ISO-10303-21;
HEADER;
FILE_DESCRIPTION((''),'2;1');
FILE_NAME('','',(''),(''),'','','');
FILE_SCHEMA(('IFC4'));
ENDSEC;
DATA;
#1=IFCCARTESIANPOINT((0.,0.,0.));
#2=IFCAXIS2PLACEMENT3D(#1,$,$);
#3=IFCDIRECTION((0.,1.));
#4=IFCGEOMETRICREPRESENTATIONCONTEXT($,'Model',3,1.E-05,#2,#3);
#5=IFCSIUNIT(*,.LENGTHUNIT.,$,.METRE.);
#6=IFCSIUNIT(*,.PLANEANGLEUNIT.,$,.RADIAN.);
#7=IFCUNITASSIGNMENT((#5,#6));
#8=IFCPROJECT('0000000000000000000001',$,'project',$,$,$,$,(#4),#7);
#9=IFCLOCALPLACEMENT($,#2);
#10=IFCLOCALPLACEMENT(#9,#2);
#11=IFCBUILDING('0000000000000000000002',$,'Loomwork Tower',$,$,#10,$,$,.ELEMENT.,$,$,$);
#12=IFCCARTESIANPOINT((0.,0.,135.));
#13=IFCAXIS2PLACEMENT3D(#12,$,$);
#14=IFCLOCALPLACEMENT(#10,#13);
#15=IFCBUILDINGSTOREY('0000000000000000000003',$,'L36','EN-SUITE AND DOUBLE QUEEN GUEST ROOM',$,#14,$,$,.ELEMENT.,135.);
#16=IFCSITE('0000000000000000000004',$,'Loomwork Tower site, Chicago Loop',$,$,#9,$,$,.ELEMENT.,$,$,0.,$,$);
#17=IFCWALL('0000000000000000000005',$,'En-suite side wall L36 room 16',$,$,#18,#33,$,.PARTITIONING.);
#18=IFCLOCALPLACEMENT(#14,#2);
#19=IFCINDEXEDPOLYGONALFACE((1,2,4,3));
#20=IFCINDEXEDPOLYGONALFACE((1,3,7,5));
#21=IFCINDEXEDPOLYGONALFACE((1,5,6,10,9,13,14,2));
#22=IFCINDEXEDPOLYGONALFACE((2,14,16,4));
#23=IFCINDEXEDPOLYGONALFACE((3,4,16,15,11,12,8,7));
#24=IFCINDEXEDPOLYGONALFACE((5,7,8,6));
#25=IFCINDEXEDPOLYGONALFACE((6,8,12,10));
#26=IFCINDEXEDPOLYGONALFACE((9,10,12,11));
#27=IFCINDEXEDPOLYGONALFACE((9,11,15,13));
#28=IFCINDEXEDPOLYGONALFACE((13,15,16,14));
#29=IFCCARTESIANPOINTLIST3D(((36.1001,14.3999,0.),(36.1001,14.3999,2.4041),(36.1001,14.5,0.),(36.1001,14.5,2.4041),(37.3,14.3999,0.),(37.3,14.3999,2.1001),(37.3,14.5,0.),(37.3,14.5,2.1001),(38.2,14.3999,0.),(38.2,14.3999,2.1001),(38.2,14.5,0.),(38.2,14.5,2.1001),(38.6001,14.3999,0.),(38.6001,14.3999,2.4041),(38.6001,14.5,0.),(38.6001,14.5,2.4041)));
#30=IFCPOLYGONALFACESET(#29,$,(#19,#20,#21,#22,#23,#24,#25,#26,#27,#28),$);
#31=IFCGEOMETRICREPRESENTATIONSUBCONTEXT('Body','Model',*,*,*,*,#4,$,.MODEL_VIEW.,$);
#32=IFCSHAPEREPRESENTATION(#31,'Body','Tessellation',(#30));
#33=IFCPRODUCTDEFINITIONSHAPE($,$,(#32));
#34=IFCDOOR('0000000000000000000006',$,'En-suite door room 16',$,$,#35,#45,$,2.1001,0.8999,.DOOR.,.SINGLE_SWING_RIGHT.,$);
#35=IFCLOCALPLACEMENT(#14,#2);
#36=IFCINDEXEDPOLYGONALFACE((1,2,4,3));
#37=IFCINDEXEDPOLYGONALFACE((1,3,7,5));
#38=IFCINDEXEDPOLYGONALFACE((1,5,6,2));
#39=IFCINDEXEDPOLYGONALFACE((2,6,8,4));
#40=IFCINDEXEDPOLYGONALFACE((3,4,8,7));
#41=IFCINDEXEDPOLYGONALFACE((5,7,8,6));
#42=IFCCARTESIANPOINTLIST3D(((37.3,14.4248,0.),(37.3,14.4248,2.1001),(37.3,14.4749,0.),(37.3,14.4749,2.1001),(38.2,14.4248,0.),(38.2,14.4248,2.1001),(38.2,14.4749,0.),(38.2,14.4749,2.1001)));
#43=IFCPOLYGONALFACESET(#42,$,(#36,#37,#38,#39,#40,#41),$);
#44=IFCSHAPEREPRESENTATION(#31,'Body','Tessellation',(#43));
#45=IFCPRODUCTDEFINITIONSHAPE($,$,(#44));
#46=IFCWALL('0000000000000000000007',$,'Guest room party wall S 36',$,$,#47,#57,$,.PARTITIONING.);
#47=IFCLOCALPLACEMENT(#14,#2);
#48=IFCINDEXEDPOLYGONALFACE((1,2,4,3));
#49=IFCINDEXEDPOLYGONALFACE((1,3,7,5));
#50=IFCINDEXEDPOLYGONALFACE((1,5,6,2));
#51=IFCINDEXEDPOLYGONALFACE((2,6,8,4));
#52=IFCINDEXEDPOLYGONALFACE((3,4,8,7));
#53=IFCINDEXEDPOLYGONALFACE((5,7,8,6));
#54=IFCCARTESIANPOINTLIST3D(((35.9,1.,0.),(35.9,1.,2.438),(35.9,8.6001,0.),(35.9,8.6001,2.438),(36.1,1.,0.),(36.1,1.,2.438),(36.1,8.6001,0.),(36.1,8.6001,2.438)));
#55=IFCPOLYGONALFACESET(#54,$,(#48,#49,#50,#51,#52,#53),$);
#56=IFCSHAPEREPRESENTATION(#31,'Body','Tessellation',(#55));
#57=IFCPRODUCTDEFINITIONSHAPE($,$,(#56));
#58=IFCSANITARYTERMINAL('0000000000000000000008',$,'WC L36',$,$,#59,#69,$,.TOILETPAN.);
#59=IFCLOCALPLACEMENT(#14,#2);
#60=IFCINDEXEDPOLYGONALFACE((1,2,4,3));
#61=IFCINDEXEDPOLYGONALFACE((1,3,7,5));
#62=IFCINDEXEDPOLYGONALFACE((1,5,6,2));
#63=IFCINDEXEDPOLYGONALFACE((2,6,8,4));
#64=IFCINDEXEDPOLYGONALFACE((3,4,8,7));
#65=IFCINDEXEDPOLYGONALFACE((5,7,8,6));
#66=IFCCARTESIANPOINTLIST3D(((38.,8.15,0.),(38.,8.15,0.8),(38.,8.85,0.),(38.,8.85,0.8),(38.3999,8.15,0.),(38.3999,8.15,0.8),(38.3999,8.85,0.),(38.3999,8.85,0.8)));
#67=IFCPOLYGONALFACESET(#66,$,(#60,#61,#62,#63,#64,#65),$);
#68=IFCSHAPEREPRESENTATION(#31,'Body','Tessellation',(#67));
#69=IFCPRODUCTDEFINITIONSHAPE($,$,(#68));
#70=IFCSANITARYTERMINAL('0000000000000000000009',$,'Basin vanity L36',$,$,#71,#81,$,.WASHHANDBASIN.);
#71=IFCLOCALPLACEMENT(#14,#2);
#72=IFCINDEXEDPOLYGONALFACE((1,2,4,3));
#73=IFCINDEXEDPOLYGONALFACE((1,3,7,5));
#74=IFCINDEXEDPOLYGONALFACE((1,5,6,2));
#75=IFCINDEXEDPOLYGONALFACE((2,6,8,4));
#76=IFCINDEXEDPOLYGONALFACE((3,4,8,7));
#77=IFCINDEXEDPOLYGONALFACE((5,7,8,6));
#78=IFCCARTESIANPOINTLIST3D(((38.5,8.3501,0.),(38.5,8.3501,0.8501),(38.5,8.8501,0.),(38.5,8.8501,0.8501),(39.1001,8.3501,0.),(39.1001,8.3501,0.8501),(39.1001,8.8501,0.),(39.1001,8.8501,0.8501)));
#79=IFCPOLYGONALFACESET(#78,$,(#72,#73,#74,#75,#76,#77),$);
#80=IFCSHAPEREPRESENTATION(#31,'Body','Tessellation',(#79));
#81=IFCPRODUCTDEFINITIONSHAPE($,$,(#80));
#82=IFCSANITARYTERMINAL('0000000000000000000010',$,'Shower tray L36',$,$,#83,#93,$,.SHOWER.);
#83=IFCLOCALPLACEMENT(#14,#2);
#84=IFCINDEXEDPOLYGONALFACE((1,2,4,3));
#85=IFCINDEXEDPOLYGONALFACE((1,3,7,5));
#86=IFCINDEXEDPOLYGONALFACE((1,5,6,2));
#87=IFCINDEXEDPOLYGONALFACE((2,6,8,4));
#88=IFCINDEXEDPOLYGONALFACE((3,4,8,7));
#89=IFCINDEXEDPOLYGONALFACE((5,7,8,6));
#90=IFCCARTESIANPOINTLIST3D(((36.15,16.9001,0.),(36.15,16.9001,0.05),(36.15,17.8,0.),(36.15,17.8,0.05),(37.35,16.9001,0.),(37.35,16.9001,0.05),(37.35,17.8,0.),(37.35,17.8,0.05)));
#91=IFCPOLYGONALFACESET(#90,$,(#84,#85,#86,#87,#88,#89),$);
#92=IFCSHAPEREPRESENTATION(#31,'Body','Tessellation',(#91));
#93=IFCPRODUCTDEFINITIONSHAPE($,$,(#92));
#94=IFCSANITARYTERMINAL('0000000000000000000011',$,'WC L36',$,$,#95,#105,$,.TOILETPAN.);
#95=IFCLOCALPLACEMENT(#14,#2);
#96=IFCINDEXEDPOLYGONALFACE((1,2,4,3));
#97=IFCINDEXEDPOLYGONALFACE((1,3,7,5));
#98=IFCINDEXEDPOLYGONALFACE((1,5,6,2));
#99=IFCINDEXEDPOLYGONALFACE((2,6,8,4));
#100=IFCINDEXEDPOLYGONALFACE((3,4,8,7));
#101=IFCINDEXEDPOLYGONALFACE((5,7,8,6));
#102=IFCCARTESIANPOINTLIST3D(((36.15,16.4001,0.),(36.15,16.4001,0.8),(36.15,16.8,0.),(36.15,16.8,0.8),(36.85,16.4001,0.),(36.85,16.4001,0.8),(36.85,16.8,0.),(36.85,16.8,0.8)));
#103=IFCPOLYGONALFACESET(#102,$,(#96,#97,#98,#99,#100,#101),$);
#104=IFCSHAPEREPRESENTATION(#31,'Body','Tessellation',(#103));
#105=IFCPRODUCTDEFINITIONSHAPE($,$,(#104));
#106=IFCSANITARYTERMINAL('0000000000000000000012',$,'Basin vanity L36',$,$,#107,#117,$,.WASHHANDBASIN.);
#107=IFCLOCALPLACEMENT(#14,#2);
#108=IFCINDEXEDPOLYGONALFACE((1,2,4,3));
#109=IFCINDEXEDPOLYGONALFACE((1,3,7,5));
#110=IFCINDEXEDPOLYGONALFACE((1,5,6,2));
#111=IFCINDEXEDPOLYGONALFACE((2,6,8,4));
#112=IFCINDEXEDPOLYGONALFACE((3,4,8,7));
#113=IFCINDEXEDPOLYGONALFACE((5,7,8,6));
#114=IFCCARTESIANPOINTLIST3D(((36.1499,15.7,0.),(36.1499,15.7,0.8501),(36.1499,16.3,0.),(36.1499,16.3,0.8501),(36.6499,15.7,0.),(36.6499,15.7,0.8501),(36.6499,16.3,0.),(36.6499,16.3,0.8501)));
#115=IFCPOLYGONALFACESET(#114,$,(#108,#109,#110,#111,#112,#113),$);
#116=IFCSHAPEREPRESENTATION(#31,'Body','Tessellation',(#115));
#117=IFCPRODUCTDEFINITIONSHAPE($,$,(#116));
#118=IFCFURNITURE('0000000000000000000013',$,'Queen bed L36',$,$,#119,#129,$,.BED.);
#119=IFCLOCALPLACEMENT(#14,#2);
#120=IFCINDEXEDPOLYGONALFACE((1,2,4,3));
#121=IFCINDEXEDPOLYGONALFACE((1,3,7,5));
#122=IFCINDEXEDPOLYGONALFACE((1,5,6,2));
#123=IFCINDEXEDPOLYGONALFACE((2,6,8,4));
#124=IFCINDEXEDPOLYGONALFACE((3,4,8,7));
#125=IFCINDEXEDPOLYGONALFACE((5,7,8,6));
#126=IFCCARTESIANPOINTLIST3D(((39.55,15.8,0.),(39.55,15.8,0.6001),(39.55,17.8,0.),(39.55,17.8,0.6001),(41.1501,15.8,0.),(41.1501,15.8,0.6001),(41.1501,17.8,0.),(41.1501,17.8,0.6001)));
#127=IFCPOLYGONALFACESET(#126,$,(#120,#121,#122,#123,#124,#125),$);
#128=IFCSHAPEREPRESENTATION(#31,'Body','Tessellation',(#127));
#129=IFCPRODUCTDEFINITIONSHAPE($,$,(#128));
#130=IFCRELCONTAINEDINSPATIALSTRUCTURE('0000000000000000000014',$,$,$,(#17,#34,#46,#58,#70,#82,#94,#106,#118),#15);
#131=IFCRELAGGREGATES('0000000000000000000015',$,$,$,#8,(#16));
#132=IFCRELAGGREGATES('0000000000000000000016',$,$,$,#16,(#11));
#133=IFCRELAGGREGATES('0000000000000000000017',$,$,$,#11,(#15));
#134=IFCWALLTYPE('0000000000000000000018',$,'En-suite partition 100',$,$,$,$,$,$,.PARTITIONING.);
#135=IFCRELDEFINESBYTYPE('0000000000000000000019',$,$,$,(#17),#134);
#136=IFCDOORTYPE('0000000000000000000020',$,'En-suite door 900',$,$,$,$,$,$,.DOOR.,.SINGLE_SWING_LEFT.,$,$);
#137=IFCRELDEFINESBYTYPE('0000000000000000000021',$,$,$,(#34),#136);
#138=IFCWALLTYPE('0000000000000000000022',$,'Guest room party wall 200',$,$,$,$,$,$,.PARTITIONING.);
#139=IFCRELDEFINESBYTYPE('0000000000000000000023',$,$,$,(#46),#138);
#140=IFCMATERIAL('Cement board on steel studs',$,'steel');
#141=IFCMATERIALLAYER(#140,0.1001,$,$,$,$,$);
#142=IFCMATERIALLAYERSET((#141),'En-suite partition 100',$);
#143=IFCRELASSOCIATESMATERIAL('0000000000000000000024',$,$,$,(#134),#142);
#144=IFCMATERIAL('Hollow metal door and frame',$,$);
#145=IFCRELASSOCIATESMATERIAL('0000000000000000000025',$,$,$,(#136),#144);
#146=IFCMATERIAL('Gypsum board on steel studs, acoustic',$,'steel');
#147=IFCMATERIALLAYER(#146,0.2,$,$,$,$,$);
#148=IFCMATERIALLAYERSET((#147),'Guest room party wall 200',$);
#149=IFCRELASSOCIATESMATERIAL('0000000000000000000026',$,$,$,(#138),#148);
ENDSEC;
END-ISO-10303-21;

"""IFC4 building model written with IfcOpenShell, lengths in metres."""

from ifc_helpers import new_model, si_unit, direction, frame, frame_2d, origin, origin_2d, place, context, subcontext, project, spatial, rectangle, extrude, material, layer, layer_set, type_object, element, fill, save


model = new_model("IFC4")

# Units and contexts
model_context = context("Model", 3, precision=1e-05, world=origin(), true_north=direction((0.0, 1.0)))
body_context = subcontext(model_context, "Body", "Model", "MODEL_VIEW")
ifc_project = project(units=[si_unit("LENGTHUNIT", "METRE"), si_unit("PLANEANGLEUNIT", "RADIAN")], contexts=[model_context])

# Site, building, storey
site_placement = place(None, origin())
site = spatial("IfcSite", under=ifc_project, at=site_placement, Name="Loomwork Tower site, Chicago Loop", CompositionType="ELEMENT", RefElevation=0.0)
building_placement = place(site_placement, origin())
building = spatial("IfcBuilding", under=site, at=building_placement, Name="Loomwork Tower", CompositionType="ELEMENT")
storey_placement = place(building_placement, frame((0.0, 0.0, 135.0)))
storey = spatial("IfcBuildingStorey", under=building, at=storey_placement, Name="L36", Description="EN-SUITE AND DOUBLE QUEEN GUEST ROOM", CompositionType="ELEMENT", Elevation=135.0)

# Shared definitions
ifc_material_1 = material(Name="Cement board on steel studs", Category="steel")
ifc_layer_1 = layer(ifc_material_1, 0.1001)
ifc_layer_set_1 = layer_set([ifc_layer_1], Name="En-suite partition 100")
wall_type_1 = type_object("IfcWallType", Name="En-suite partition 100", PredefinedType="PARTITIONING", material=ifc_layer_set_1)
ifc_material_2 = material(Name="Hollow metal door and frame")
door_type_1 = type_object("IfcDoorType", Name="En-suite door 900", OperationType="SINGLE_SWING_LEFT", PredefinedType="DOOR", material=ifc_material_2)

# Wall, opening, door
wall_1_placement = place(storey_placement, frame((36.1001, 14.45, 0.0), z_axis=(0.0, 0.0, 1.0), x_axis=(1.0, 0.0, 0.0)))
wall_1 = element("IfcWall", 1, at=wall_1_placement, inside=storey, type_object=wall_type_1, Name="En-suite side wall L36 room 16", PredefinedType="PARTITIONING", context=body_context, shape_type="SweptSolid", body=[
    extrude(rectangle(XDim=2.5, YDim=0.1001, at=frame_2d((1.25, 0.0))), origin(), (0.0, 0.0, 1.0), 2.4041),
])
opening_1_placement = place(wall_1_placement, frame((1.2, 0.0, 0.0)))
opening_1 = element("IfcOpeningElement", 2, at=opening_1_placement, cuts=wall_1, PredefinedType="OPENING", context=body_context, shape_type="SweptSolid", body=[
    extrude(rectangle(XDim=0.8999, YDim=2.1001, at=frame_2d((0.45, 1.05))), frame((0.0, 0.0601, 0.0), z_axis=(0.0, -1.0, 0.0), x_axis=(1.0, 0.0, 0.0)), (0.0, 0.0, 1.0), 0.1201),
])
door_1_placement = place(opening_1_placement, origin())
door_1 = element("IfcDoor", 3, at=door_1_placement, inside=storey, type_object=door_type_1, Name="En-suite door room 16", OperationType="SINGLE_SWING_RIGHT", OverallHeight=2.1001, OverallWidth=0.8999, PredefinedType="DOOR", context=body_context, shape_type="SweptSolid", body=[
    extrude(rectangle(XDim=0.8999, YDim=2.1001, at=frame_2d((0.45, 1.05))), frame((0.0, 0.0249, 0.0), z_axis=(0.0, -1.0, 0.0), x_axis=(1.0, 0.0, 0.0)), (0.0, 0.0, 1.0), 0.05),
])
fill(opening_1, door_1)

# Wall
ifc_material_3 = material(Name="Gypsum board on steel studs, acoustic", Category="steel")
ifc_layer_2 = layer(ifc_material_3, 0.2)
ifc_layer_set_2 = layer_set([ifc_layer_2], Name="Guest room party wall 200")
wall_type_2 = type_object("IfcWallType", Name="Guest room party wall 200", PredefinedType="PARTITIONING", material=ifc_layer_set_2)
wall_2_placement = place(storey_placement, frame((36.0, 8.6001, 0.0), z_axis=(0.0, 0.0, 1.0), x_axis=(0.0, -1.0, 0.0)))
element("IfcWall", 4, at=wall_2_placement, inside=storey, type_object=wall_type_2, Name="Guest room party wall S 36", PredefinedType="PARTITIONING", context=body_context, shape_type="SweptSolid", body=[
    extrude(rectangle(XDim=7.6001, YDim=0.2, at=frame_2d((3.8, 0.0))), origin(), (0.0, 0.0, 1.0), 2.438),
])

# Sanitary terminals
sanitary_terminal_1_placement = place(storey_placement, frame((38.2, 8.5, 0.0), z_axis=(0.0, 0.0, 1.0), x_axis=(1.0, 0.0, 0.0)))
element("IfcSanitaryTerminal", 5, at=sanitary_terminal_1_placement, inside=storey, Name="WC L36", PredefinedType="TOILETPAN", context=body_context, shape_type="SweptSolid", body=[
    extrude(rectangle(XDim=0.3999, YDim=0.7, at=origin_2d()), origin(), (0.0, 0.0, 1.0), 0.8),
])
sanitary_terminal_2_placement = place(storey_placement, frame((38.8, 8.6001, 0.0), z_axis=(0.0, 0.0, 1.0), x_axis=(1.0, 0.0, 0.0)))
element("IfcSanitaryTerminal", 6, at=sanitary_terminal_2_placement, inside=storey, Name="Basin vanity L36", PredefinedType="WASHHANDBASIN", context=body_context, shape_type="SweptSolid", body=[
    extrude(rectangle(XDim=0.6001, YDim=0.5, at=origin_2d()), origin(), (0.0, 0.0, 1.0), 0.8501),
])
sanitary_terminal_3_placement = place(storey_placement, frame((36.75, 17.3501, 0.0), z_axis=(0.0, 0.0, 1.0), x_axis=(1.0, 0.0, 0.0)))
element("IfcSanitaryTerminal", 7, at=sanitary_terminal_3_placement, inside=storey, Name="Shower tray L36", PredefinedType="SHOWER", context=body_context, shape_type="SweptSolid", body=[
    extrude(rectangle(XDim=1.2, YDim=0.8999, at=origin_2d()), origin(), (0.0, 0.0, 1.0), 0.05),
])
sanitary_terminal_4_placement = place(storey_placement, frame((36.5, 16.6001, 0.0), z_axis=(0.0, 0.0, 1.0), x_axis=(1.0, 0.0, 0.0)))
element("IfcSanitaryTerminal", 8, at=sanitary_terminal_4_placement, inside=storey, Name="WC L36", PredefinedType="TOILETPAN", context=body_context, shape_type="SweptSolid", body=[
    extrude(rectangle(XDim=0.7, YDim=0.3999, at=origin_2d()), origin(), (0.0, 0.0, 1.0), 0.8),
])
sanitary_terminal_5_placement = place(storey_placement, frame((36.3999, 16.0, 0.0), z_axis=(0.0, 0.0, 1.0), x_axis=(1.0, 0.0, 0.0)))
element("IfcSanitaryTerminal", 9, at=sanitary_terminal_5_placement, inside=storey, Name="Basin vanity L36", PredefinedType="WASHHANDBASIN", context=body_context, shape_type="SweptSolid", body=[
    extrude(rectangle(XDim=0.5, YDim=0.6001, at=origin_2d()), origin(), (0.0, 0.0, 1.0), 0.8501),
])

# Furniture
furniture_placement = place(storey_placement, frame((40.3501, 16.8, 0.0), z_axis=(0.0, 0.0, 1.0), x_axis=(1.0, 0.0, 0.0)))
element("IfcFurniture", 10, at=furniture_placement, inside=storey, Name="Queen bed L36", PredefinedType="BED", context=body_context, shape_type="SweptSolid", body=[
    extrude(rectangle(XDim=1.6001, YDim=2.0, at=origin_2d()), origin(), (0.0, 0.0, 1.0), 0.6001),
])

save(model, "model.ifc")
